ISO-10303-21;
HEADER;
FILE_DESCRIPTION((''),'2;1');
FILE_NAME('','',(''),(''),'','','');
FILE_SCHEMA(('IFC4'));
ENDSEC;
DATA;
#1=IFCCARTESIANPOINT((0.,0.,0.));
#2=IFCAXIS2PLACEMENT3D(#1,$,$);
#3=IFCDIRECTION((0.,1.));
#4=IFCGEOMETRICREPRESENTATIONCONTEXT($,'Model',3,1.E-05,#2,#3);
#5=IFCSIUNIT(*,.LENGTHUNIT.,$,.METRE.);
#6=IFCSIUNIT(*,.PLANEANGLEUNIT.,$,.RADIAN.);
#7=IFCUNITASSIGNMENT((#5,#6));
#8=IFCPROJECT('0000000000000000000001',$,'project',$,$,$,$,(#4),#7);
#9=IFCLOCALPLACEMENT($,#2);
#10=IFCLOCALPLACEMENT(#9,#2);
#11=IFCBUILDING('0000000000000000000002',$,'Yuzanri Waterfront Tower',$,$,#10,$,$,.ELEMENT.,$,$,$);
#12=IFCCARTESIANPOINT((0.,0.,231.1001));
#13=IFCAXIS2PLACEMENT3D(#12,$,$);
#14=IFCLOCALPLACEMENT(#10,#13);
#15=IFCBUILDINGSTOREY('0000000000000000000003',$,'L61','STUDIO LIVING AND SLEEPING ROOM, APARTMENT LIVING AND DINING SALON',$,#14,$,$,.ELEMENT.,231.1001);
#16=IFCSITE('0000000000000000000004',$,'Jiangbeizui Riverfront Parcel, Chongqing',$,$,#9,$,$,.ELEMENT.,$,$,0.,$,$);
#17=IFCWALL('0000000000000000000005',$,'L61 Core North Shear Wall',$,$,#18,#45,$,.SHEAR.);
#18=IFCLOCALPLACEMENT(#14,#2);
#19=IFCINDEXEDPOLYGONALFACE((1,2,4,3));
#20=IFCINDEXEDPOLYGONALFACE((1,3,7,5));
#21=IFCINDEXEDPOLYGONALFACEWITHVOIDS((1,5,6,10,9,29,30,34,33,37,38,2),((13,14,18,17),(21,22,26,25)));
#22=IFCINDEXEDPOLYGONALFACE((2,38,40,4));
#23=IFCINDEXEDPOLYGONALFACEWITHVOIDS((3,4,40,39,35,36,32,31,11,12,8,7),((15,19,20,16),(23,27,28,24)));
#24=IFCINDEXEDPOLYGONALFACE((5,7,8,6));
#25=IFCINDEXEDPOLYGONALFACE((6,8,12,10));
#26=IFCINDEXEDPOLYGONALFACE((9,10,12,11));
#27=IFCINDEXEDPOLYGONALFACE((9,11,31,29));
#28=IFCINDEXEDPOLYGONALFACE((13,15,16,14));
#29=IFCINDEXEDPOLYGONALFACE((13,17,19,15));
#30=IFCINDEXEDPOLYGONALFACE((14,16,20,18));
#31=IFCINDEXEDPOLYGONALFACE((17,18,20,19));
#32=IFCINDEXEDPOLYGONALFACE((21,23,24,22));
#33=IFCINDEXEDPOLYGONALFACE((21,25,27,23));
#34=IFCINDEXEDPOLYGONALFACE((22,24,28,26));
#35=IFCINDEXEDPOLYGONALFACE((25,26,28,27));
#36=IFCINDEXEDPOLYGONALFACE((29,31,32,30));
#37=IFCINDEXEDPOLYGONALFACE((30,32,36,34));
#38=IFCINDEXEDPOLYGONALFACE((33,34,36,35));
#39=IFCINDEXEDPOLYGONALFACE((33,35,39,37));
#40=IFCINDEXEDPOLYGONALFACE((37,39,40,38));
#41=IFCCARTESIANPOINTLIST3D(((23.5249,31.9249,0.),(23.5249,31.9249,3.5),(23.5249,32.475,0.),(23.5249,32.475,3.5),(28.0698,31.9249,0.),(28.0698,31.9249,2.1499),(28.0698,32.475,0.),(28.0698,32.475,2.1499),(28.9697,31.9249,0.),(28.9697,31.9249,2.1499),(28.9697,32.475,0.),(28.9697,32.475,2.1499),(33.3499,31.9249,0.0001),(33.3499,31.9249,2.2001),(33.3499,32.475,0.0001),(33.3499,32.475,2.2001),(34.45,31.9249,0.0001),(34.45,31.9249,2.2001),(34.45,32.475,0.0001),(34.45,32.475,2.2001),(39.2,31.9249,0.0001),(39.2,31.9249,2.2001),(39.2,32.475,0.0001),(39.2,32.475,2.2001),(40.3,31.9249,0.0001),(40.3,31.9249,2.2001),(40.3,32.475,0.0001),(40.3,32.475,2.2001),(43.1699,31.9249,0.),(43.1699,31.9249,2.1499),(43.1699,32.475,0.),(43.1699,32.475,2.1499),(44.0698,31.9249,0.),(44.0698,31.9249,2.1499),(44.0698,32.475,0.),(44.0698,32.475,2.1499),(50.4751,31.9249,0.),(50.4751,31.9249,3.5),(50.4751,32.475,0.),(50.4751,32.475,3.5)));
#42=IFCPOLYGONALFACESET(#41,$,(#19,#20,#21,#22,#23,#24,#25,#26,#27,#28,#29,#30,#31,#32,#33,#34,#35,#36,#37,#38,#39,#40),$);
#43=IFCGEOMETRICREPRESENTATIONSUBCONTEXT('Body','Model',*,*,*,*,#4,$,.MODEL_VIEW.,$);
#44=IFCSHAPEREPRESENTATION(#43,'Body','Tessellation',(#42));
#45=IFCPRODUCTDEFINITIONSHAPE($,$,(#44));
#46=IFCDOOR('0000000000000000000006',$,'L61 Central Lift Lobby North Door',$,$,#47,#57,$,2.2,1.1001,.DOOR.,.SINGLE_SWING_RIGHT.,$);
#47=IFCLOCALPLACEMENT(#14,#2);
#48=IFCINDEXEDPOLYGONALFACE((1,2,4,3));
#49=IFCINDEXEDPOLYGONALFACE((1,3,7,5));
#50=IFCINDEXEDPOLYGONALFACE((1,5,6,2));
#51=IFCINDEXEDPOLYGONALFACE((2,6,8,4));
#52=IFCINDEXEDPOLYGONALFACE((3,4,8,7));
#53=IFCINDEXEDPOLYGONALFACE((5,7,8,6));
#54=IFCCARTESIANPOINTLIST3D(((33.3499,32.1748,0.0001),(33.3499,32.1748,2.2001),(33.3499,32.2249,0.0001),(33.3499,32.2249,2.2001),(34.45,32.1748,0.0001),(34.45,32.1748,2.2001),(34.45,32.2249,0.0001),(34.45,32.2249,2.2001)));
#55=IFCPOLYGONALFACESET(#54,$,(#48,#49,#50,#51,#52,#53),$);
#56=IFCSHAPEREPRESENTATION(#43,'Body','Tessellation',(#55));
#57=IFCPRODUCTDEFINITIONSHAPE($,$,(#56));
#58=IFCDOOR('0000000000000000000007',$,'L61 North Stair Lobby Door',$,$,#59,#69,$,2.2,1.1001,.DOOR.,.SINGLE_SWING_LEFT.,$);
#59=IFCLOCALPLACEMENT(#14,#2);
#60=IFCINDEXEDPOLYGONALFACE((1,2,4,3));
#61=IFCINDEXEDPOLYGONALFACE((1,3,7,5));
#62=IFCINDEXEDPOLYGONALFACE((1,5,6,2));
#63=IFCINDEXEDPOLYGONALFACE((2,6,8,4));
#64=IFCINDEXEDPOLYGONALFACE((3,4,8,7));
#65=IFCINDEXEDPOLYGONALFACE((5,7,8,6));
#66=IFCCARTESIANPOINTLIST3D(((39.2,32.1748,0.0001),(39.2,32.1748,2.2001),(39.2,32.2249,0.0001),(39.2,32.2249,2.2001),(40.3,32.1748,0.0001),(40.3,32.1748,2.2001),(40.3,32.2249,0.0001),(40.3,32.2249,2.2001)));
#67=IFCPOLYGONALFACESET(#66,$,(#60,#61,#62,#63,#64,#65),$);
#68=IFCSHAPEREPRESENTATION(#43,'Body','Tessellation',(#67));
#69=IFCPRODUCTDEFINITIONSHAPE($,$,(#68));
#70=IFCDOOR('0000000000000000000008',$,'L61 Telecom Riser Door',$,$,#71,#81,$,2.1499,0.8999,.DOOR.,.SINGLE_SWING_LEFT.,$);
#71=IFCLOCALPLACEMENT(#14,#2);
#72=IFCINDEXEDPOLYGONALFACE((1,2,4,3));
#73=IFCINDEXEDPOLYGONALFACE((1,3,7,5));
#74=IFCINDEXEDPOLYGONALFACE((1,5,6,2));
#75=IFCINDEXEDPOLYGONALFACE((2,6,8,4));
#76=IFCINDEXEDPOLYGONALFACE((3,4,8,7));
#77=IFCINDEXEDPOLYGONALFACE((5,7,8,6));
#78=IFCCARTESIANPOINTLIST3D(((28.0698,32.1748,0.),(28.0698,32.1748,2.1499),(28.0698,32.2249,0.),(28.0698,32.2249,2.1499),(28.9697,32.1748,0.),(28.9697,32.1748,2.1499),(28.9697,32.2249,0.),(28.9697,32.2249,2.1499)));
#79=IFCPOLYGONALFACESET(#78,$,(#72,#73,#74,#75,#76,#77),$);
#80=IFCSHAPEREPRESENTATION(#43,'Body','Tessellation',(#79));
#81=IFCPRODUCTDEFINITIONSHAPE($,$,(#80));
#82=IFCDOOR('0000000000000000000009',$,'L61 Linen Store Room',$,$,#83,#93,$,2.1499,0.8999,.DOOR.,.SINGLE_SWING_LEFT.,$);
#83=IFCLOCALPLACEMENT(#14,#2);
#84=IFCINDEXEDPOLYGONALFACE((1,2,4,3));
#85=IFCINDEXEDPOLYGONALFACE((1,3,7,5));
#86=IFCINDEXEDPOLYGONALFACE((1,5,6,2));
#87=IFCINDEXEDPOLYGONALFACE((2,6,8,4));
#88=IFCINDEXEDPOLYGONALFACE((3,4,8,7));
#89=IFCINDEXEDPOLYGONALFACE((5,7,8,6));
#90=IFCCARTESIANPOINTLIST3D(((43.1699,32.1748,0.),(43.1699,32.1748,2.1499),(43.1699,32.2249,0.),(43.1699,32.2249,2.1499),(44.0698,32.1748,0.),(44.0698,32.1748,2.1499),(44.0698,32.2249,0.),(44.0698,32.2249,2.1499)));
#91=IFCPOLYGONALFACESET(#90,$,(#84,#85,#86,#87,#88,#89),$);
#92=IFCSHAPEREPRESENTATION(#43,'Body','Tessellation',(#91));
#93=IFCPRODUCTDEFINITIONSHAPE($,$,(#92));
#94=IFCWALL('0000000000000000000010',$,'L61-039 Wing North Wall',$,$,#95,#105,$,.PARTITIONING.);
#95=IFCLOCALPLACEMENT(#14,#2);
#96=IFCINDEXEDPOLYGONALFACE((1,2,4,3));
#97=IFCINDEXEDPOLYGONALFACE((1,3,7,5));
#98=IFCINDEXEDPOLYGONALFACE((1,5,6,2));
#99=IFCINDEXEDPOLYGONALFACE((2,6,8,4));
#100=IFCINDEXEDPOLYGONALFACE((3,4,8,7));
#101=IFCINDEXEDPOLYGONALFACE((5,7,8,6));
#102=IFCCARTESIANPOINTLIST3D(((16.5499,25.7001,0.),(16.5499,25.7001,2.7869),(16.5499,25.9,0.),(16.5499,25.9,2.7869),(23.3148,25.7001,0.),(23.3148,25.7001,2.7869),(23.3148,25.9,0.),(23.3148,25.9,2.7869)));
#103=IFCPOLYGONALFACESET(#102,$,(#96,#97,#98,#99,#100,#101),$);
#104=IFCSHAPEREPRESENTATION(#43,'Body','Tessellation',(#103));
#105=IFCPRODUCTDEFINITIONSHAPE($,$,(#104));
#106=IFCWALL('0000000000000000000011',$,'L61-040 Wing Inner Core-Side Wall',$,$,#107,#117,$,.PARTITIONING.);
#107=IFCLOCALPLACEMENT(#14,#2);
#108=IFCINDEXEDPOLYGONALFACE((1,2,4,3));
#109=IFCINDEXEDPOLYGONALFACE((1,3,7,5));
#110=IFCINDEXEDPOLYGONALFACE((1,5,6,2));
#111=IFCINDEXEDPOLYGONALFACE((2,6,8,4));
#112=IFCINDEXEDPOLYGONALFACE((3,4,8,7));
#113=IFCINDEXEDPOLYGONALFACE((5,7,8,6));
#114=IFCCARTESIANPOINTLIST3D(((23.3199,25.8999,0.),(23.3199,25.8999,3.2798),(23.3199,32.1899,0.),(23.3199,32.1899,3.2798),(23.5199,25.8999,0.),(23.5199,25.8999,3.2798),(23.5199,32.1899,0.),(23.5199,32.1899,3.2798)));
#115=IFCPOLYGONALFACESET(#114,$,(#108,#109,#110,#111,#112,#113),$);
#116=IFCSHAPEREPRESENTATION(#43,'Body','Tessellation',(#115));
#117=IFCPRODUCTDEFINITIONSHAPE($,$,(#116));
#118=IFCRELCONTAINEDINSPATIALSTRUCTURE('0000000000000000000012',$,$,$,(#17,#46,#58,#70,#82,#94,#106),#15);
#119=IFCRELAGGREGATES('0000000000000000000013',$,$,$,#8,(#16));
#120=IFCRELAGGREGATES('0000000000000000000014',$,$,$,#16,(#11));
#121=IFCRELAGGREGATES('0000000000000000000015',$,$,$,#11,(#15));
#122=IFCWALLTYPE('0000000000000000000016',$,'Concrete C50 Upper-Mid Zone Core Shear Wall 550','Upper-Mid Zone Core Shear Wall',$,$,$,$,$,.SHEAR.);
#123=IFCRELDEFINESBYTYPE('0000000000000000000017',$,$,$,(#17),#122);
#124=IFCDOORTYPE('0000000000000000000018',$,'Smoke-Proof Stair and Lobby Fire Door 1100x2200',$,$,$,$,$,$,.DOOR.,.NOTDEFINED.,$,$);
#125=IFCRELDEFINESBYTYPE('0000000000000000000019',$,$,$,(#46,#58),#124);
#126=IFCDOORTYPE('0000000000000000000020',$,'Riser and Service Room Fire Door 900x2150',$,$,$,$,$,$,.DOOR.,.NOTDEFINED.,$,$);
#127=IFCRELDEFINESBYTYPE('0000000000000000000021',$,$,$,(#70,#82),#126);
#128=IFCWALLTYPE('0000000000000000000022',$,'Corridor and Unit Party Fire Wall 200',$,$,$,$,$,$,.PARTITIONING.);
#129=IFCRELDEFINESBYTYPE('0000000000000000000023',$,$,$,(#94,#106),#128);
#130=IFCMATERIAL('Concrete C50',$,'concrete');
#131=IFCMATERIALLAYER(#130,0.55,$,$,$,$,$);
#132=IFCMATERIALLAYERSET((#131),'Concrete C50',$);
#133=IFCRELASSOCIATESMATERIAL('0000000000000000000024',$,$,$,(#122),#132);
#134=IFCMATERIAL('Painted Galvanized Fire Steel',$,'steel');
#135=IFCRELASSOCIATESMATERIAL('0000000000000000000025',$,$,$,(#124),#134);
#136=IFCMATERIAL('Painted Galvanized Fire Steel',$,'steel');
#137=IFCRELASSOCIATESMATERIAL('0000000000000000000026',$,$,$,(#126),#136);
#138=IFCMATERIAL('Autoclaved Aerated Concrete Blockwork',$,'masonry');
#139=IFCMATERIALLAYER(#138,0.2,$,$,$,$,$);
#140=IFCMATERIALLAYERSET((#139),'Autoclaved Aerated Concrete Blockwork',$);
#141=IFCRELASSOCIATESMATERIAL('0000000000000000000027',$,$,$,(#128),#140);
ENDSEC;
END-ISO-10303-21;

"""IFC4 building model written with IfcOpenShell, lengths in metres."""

from ifc_helpers import new_model, si_unit, direction, frame, frame_2d, origin, place, context, subcontext, project, spatial, rectangle, extrude, source, transform, mapped, material, layer, layer_set, type_object, element, fill, save


model = new_model("IFC4")

# Units and contexts
model_context = context("Model", 3, precision=1e-05, world=origin(), true_north=direction((0.0, 1.0)))
body_context = subcontext(model_context, "Body", "Model", "MODEL_VIEW")
ifc_project = project(units=[si_unit("LENGTHUNIT", "METRE"), si_unit("PLANEANGLEUNIT", "RADIAN")], contexts=[model_context])

# Site, building, storey
site_placement = place(None, origin())
site = spatial("IfcSite", under=ifc_project, at=site_placement, Name="Jiangbeizui Riverfront Parcel, Chongqing", CompositionType="ELEMENT", RefElevation=0.0)
building_placement = place(site_placement, origin())
building = spatial("IfcBuilding", under=site, at=building_placement, Name="Yuzanri Waterfront Tower", CompositionType="ELEMENT")
storey_placement = place(building_placement, frame((0.0, 0.0, 231.1001)))
storey = spatial("IfcBuildingStorey", under=building, at=storey_placement, Name="L61", Description="STUDIO LIVING AND SLEEPING ROOM, APARTMENT LIVING AND DINING SALON", CompositionType="ELEMENT", Elevation=231.1001)

# Wall, openings, doors
ifc_material_1 = material(Name="Concrete C50", Category="concrete")
ifc_layer_1 = layer(ifc_material_1, 0.55)
ifc_layer_set_1 = layer_set([ifc_layer_1], Name="Concrete C50")
wall_type_1 = type_object("IfcWallType", Name="Concrete C50 Upper-Mid Zone Core Shear Wall 550", Description="Upper-Mid Zone Core Shear Wall", PredefinedType="SHEAR", material=ifc_layer_set_1)
wall_1_placement = place(storey_placement, frame((23.5249, 32.2, 0.0), z_axis=(0.0, 0.0, 1.0), x_axis=(1.0, 0.0, 0.0)))
wall_1 = element("IfcWall", 1, at=wall_1_placement, inside=storey, type_object=wall_type_1, Name="L61 Core North Shear Wall", PredefinedType="SHEAR", context=body_context, shape_type="SweptSolid", body=[
    extrude(rectangle(XDim=26.9502, YDim=0.55, at=frame_2d((13.4751, 0.0))), origin(), (0.0, 0.0, 1.0), 3.5),
])
opening_1_placement = place(wall_1_placement, frame((4.5449, 0.0, 0.0)))
opening_1 = element("IfcOpeningElement", 2, at=opening_1_placement, cuts=wall_1, PredefinedType="OPENING", context=body_context, shape_type="SweptSolid", body=[
    extrude(rectangle(XDim=0.8999, YDim=2.1499, at=frame_2d((0.45, 1.075))), frame((0.0, 0.29, 0.0), z_axis=(0.0, -1.0, 0.0), x_axis=(1.0, 0.0, 0.0)), (0.0, 0.0, 1.0), 0.5798),
])
opening_2_placement = place(wall_1_placement, frame((9.825, 0.0, 0.0)))
opening_2 = element("IfcOpeningElement", 3, at=opening_2_placement, cuts=wall_1, PredefinedType="OPENING", context=body_context, shape_type="SweptSolid", body=[
    extrude(rectangle(XDim=1.1001, YDim=2.2, at=frame_2d((0.55, 1.1001))), frame((0.0, 0.29, 0.0), z_axis=(0.0, -1.0, 0.0), x_axis=(1.0, 0.0, 0.0)), (0.0, 0.0, 1.0), 0.5798),
])
opening_3_placement = place(wall_1_placement, frame((15.675, 0.0, 0.0)))
opening_3 = element("IfcOpeningElement", 4, at=opening_3_placement, cuts=wall_1, PredefinedType="OPENING", context=body_context, shape_type="SweptSolid", body=[
    extrude(rectangle(XDim=1.1001, YDim=2.2, at=frame_2d((0.55, 1.1001))), frame((0.0, 0.29, 0.0), z_axis=(0.0, -1.0, 0.0), x_axis=(1.0, 0.0, 0.0)), (0.0, 0.0, 1.0), 0.5798),
])
opening_4_placement = place(wall_1_placement, frame((19.645, 0.0, 0.0)))
opening_4 = element("IfcOpeningElement", 5, at=opening_4_placement, cuts=wall_1, PredefinedType="OPENING", context=body_context, shape_type="SweptSolid", body=[
    extrude(rectangle(XDim=0.8999, YDim=2.1499, at=frame_2d((0.45, 1.075))), frame((0.0, 0.29, 0.0), z_axis=(0.0, -1.0, 0.0), x_axis=(1.0, 0.0, 0.0)), (0.0, 0.0, 1.0), 0.5798),
])
ifc_material_2 = material(Name="Painted Galvanized Fire Steel", Category="steel")
door_type_1 = type_object("IfcDoorType", Name="Smoke-Proof Stair and Lobby Fire Door 1100x2200", OperationType="NOTDEFINED", PredefinedType="DOOR", material=ifc_material_2)
shared_shape_1 = source(origin(), body_context, "Body", "SweptSolid", [
    extrude(rectangle(XDim=1.1001, YDim=2.2, at=frame_2d((0.55, 1.1001))), frame((0.0, 0.0249, 0.0), z_axis=(0.0, -1.0, 0.0), x_axis=(1.0, 0.0, 0.0)), (0.0, 0.0, 1.0), 0.05),
])
door_1_placement = place(opening_2_placement, origin())
door_1 = element("IfcDoor", 6, at=door_1_placement, inside=storey, type_object=door_type_1, Name="L61 Central Lift Lobby North Door", OperationType="SINGLE_SWING_RIGHT", OverallHeight=2.2, OverallWidth=1.1001, PredefinedType="DOOR", context=body_context, shape_type="MappedRepresentation", body=[
    mapped(shared_shape_1, transform((0.0, 0.0, 0.0), scale=1.0)),
])
fill(opening_2, door_1)
door_2_placement = place(opening_3_placement, origin())
door_2 = element("IfcDoor", 7, at=door_2_placement, inside=storey, type_object=door_type_1, Name="L61 North Stair Lobby Door", OperationType="SINGLE_SWING_LEFT", OverallHeight=2.2, OverallWidth=1.1001, PredefinedType="DOOR", context=body_context, shape_type="MappedRepresentation", body=[
    mapped(shared_shape_1, transform((0.0, 0.0, 0.0), scale=1.0)),
])
fill(opening_3, door_2)
ifc_material_3 = material(Name="Painted Galvanized Fire Steel", Category="steel")
door_type_2 = type_object("IfcDoorType", Name="Riser and Service Room Fire Door 900x2150", OperationType="NOTDEFINED", PredefinedType="DOOR", material=ifc_material_3)
shared_shape_2 = source(origin(), body_context, "Body", "SweptSolid", [
    extrude(rectangle(XDim=0.8999, YDim=2.1499, at=frame_2d((0.45, 1.075))), frame((0.0, 0.0249, 0.0), z_axis=(0.0, -1.0, 0.0), x_axis=(1.0, 0.0, 0.0)), (0.0, 0.0, 1.0), 0.05),
])
door_3_placement = place(opening_1_placement, origin())
door_3 = element("IfcDoor", 8, at=door_3_placement, inside=storey, type_object=door_type_2, Name="L61 Telecom Riser Door", OperationType="SINGLE_SWING_LEFT", OverallHeight=2.1499, OverallWidth=0.8999, PredefinedType="DOOR", context=body_context, shape_type="MappedRepresentation", body=[
    mapped(shared_shape_2, transform((0.0, 0.0, 0.0), scale=1.0)),
])
fill(opening_1, door_3)
door_4_placement = place(opening_4_placement, origin())
door_4 = element("IfcDoor", 9, at=door_4_placement, inside=storey, type_object=door_type_2, Name="L61 Linen Store Room", OperationType="SINGLE_SWING_LEFT", OverallHeight=2.1499, OverallWidth=0.8999, PredefinedType="DOOR", context=body_context, shape_type="MappedRepresentation", body=[
    mapped(shared_shape_2, transform((0.0, 0.0, 0.0), scale=1.0)),
])
fill(opening_4, door_4)

# Walls
ifc_material_4 = material(Name="Autoclaved Aerated Concrete Blockwork", Category="masonry")
ifc_layer_2 = layer(ifc_material_4, 0.2)
ifc_layer_set_2 = layer_set([ifc_layer_2], Name="Autoclaved Aerated Concrete Blockwork")
wall_type_2 = type_object("IfcWallType", Name="Corridor and Unit Party Fire Wall 200", PredefinedType="PARTITIONING", material=ifc_layer_set_2)
shared_shape_3 = source(origin(), body_context, "Body", "SweptSolid", [
    extrude(rectangle(XDim=6.7649, YDim=0.2, at=frame_2d((3.3823, 0.0))), origin(), (0.0, 0.0, 1.0), 2.7869),
])
wall_2_placement = place(storey_placement, frame((16.55, 25.8, 0.0), z_axis=(0.0, 0.0, 1.0), x_axis=(1.0, 0.0, 0.0)))
element("IfcWall", 10, at=wall_2_placement, inside=storey, type_object=wall_type_2, Name="L61-039 Wing North Wall", PredefinedType="PARTITIONING", context=body_context, shape_type="MappedRepresentation", body=[
    mapped(shared_shape_3, transform((0.0, 0.0, 0.0), scale=1.0)),
])
shared_shape_4 = source(origin(), body_context, "Body", "SweptSolid", [
    extrude(rectangle(XDim=6.29, YDim=0.2, at=frame_2d((3.145, 0.0))), origin(), (0.0, 0.0, 1.0), 3.2798),
])
wall_3_placement = place(storey_placement, frame((23.4199, 25.8999, 0.0), z_axis=(0.0, 0.0, 1.0), x_axis=(0.0, 1.0, 0.0)))
element("IfcWall", 11, at=wall_3_placement, inside=storey, type_object=wall_type_2, Name="L61-040 Wing Inner Core-Side Wall", PredefinedType="PARTITIONING", context=body_context, shape_type="MappedRepresentation", body=[
    mapped(shared_shape_4, transform((0.0, 0.0, 0.0), scale=1.0)),
])

save(model, "model.ifc")
